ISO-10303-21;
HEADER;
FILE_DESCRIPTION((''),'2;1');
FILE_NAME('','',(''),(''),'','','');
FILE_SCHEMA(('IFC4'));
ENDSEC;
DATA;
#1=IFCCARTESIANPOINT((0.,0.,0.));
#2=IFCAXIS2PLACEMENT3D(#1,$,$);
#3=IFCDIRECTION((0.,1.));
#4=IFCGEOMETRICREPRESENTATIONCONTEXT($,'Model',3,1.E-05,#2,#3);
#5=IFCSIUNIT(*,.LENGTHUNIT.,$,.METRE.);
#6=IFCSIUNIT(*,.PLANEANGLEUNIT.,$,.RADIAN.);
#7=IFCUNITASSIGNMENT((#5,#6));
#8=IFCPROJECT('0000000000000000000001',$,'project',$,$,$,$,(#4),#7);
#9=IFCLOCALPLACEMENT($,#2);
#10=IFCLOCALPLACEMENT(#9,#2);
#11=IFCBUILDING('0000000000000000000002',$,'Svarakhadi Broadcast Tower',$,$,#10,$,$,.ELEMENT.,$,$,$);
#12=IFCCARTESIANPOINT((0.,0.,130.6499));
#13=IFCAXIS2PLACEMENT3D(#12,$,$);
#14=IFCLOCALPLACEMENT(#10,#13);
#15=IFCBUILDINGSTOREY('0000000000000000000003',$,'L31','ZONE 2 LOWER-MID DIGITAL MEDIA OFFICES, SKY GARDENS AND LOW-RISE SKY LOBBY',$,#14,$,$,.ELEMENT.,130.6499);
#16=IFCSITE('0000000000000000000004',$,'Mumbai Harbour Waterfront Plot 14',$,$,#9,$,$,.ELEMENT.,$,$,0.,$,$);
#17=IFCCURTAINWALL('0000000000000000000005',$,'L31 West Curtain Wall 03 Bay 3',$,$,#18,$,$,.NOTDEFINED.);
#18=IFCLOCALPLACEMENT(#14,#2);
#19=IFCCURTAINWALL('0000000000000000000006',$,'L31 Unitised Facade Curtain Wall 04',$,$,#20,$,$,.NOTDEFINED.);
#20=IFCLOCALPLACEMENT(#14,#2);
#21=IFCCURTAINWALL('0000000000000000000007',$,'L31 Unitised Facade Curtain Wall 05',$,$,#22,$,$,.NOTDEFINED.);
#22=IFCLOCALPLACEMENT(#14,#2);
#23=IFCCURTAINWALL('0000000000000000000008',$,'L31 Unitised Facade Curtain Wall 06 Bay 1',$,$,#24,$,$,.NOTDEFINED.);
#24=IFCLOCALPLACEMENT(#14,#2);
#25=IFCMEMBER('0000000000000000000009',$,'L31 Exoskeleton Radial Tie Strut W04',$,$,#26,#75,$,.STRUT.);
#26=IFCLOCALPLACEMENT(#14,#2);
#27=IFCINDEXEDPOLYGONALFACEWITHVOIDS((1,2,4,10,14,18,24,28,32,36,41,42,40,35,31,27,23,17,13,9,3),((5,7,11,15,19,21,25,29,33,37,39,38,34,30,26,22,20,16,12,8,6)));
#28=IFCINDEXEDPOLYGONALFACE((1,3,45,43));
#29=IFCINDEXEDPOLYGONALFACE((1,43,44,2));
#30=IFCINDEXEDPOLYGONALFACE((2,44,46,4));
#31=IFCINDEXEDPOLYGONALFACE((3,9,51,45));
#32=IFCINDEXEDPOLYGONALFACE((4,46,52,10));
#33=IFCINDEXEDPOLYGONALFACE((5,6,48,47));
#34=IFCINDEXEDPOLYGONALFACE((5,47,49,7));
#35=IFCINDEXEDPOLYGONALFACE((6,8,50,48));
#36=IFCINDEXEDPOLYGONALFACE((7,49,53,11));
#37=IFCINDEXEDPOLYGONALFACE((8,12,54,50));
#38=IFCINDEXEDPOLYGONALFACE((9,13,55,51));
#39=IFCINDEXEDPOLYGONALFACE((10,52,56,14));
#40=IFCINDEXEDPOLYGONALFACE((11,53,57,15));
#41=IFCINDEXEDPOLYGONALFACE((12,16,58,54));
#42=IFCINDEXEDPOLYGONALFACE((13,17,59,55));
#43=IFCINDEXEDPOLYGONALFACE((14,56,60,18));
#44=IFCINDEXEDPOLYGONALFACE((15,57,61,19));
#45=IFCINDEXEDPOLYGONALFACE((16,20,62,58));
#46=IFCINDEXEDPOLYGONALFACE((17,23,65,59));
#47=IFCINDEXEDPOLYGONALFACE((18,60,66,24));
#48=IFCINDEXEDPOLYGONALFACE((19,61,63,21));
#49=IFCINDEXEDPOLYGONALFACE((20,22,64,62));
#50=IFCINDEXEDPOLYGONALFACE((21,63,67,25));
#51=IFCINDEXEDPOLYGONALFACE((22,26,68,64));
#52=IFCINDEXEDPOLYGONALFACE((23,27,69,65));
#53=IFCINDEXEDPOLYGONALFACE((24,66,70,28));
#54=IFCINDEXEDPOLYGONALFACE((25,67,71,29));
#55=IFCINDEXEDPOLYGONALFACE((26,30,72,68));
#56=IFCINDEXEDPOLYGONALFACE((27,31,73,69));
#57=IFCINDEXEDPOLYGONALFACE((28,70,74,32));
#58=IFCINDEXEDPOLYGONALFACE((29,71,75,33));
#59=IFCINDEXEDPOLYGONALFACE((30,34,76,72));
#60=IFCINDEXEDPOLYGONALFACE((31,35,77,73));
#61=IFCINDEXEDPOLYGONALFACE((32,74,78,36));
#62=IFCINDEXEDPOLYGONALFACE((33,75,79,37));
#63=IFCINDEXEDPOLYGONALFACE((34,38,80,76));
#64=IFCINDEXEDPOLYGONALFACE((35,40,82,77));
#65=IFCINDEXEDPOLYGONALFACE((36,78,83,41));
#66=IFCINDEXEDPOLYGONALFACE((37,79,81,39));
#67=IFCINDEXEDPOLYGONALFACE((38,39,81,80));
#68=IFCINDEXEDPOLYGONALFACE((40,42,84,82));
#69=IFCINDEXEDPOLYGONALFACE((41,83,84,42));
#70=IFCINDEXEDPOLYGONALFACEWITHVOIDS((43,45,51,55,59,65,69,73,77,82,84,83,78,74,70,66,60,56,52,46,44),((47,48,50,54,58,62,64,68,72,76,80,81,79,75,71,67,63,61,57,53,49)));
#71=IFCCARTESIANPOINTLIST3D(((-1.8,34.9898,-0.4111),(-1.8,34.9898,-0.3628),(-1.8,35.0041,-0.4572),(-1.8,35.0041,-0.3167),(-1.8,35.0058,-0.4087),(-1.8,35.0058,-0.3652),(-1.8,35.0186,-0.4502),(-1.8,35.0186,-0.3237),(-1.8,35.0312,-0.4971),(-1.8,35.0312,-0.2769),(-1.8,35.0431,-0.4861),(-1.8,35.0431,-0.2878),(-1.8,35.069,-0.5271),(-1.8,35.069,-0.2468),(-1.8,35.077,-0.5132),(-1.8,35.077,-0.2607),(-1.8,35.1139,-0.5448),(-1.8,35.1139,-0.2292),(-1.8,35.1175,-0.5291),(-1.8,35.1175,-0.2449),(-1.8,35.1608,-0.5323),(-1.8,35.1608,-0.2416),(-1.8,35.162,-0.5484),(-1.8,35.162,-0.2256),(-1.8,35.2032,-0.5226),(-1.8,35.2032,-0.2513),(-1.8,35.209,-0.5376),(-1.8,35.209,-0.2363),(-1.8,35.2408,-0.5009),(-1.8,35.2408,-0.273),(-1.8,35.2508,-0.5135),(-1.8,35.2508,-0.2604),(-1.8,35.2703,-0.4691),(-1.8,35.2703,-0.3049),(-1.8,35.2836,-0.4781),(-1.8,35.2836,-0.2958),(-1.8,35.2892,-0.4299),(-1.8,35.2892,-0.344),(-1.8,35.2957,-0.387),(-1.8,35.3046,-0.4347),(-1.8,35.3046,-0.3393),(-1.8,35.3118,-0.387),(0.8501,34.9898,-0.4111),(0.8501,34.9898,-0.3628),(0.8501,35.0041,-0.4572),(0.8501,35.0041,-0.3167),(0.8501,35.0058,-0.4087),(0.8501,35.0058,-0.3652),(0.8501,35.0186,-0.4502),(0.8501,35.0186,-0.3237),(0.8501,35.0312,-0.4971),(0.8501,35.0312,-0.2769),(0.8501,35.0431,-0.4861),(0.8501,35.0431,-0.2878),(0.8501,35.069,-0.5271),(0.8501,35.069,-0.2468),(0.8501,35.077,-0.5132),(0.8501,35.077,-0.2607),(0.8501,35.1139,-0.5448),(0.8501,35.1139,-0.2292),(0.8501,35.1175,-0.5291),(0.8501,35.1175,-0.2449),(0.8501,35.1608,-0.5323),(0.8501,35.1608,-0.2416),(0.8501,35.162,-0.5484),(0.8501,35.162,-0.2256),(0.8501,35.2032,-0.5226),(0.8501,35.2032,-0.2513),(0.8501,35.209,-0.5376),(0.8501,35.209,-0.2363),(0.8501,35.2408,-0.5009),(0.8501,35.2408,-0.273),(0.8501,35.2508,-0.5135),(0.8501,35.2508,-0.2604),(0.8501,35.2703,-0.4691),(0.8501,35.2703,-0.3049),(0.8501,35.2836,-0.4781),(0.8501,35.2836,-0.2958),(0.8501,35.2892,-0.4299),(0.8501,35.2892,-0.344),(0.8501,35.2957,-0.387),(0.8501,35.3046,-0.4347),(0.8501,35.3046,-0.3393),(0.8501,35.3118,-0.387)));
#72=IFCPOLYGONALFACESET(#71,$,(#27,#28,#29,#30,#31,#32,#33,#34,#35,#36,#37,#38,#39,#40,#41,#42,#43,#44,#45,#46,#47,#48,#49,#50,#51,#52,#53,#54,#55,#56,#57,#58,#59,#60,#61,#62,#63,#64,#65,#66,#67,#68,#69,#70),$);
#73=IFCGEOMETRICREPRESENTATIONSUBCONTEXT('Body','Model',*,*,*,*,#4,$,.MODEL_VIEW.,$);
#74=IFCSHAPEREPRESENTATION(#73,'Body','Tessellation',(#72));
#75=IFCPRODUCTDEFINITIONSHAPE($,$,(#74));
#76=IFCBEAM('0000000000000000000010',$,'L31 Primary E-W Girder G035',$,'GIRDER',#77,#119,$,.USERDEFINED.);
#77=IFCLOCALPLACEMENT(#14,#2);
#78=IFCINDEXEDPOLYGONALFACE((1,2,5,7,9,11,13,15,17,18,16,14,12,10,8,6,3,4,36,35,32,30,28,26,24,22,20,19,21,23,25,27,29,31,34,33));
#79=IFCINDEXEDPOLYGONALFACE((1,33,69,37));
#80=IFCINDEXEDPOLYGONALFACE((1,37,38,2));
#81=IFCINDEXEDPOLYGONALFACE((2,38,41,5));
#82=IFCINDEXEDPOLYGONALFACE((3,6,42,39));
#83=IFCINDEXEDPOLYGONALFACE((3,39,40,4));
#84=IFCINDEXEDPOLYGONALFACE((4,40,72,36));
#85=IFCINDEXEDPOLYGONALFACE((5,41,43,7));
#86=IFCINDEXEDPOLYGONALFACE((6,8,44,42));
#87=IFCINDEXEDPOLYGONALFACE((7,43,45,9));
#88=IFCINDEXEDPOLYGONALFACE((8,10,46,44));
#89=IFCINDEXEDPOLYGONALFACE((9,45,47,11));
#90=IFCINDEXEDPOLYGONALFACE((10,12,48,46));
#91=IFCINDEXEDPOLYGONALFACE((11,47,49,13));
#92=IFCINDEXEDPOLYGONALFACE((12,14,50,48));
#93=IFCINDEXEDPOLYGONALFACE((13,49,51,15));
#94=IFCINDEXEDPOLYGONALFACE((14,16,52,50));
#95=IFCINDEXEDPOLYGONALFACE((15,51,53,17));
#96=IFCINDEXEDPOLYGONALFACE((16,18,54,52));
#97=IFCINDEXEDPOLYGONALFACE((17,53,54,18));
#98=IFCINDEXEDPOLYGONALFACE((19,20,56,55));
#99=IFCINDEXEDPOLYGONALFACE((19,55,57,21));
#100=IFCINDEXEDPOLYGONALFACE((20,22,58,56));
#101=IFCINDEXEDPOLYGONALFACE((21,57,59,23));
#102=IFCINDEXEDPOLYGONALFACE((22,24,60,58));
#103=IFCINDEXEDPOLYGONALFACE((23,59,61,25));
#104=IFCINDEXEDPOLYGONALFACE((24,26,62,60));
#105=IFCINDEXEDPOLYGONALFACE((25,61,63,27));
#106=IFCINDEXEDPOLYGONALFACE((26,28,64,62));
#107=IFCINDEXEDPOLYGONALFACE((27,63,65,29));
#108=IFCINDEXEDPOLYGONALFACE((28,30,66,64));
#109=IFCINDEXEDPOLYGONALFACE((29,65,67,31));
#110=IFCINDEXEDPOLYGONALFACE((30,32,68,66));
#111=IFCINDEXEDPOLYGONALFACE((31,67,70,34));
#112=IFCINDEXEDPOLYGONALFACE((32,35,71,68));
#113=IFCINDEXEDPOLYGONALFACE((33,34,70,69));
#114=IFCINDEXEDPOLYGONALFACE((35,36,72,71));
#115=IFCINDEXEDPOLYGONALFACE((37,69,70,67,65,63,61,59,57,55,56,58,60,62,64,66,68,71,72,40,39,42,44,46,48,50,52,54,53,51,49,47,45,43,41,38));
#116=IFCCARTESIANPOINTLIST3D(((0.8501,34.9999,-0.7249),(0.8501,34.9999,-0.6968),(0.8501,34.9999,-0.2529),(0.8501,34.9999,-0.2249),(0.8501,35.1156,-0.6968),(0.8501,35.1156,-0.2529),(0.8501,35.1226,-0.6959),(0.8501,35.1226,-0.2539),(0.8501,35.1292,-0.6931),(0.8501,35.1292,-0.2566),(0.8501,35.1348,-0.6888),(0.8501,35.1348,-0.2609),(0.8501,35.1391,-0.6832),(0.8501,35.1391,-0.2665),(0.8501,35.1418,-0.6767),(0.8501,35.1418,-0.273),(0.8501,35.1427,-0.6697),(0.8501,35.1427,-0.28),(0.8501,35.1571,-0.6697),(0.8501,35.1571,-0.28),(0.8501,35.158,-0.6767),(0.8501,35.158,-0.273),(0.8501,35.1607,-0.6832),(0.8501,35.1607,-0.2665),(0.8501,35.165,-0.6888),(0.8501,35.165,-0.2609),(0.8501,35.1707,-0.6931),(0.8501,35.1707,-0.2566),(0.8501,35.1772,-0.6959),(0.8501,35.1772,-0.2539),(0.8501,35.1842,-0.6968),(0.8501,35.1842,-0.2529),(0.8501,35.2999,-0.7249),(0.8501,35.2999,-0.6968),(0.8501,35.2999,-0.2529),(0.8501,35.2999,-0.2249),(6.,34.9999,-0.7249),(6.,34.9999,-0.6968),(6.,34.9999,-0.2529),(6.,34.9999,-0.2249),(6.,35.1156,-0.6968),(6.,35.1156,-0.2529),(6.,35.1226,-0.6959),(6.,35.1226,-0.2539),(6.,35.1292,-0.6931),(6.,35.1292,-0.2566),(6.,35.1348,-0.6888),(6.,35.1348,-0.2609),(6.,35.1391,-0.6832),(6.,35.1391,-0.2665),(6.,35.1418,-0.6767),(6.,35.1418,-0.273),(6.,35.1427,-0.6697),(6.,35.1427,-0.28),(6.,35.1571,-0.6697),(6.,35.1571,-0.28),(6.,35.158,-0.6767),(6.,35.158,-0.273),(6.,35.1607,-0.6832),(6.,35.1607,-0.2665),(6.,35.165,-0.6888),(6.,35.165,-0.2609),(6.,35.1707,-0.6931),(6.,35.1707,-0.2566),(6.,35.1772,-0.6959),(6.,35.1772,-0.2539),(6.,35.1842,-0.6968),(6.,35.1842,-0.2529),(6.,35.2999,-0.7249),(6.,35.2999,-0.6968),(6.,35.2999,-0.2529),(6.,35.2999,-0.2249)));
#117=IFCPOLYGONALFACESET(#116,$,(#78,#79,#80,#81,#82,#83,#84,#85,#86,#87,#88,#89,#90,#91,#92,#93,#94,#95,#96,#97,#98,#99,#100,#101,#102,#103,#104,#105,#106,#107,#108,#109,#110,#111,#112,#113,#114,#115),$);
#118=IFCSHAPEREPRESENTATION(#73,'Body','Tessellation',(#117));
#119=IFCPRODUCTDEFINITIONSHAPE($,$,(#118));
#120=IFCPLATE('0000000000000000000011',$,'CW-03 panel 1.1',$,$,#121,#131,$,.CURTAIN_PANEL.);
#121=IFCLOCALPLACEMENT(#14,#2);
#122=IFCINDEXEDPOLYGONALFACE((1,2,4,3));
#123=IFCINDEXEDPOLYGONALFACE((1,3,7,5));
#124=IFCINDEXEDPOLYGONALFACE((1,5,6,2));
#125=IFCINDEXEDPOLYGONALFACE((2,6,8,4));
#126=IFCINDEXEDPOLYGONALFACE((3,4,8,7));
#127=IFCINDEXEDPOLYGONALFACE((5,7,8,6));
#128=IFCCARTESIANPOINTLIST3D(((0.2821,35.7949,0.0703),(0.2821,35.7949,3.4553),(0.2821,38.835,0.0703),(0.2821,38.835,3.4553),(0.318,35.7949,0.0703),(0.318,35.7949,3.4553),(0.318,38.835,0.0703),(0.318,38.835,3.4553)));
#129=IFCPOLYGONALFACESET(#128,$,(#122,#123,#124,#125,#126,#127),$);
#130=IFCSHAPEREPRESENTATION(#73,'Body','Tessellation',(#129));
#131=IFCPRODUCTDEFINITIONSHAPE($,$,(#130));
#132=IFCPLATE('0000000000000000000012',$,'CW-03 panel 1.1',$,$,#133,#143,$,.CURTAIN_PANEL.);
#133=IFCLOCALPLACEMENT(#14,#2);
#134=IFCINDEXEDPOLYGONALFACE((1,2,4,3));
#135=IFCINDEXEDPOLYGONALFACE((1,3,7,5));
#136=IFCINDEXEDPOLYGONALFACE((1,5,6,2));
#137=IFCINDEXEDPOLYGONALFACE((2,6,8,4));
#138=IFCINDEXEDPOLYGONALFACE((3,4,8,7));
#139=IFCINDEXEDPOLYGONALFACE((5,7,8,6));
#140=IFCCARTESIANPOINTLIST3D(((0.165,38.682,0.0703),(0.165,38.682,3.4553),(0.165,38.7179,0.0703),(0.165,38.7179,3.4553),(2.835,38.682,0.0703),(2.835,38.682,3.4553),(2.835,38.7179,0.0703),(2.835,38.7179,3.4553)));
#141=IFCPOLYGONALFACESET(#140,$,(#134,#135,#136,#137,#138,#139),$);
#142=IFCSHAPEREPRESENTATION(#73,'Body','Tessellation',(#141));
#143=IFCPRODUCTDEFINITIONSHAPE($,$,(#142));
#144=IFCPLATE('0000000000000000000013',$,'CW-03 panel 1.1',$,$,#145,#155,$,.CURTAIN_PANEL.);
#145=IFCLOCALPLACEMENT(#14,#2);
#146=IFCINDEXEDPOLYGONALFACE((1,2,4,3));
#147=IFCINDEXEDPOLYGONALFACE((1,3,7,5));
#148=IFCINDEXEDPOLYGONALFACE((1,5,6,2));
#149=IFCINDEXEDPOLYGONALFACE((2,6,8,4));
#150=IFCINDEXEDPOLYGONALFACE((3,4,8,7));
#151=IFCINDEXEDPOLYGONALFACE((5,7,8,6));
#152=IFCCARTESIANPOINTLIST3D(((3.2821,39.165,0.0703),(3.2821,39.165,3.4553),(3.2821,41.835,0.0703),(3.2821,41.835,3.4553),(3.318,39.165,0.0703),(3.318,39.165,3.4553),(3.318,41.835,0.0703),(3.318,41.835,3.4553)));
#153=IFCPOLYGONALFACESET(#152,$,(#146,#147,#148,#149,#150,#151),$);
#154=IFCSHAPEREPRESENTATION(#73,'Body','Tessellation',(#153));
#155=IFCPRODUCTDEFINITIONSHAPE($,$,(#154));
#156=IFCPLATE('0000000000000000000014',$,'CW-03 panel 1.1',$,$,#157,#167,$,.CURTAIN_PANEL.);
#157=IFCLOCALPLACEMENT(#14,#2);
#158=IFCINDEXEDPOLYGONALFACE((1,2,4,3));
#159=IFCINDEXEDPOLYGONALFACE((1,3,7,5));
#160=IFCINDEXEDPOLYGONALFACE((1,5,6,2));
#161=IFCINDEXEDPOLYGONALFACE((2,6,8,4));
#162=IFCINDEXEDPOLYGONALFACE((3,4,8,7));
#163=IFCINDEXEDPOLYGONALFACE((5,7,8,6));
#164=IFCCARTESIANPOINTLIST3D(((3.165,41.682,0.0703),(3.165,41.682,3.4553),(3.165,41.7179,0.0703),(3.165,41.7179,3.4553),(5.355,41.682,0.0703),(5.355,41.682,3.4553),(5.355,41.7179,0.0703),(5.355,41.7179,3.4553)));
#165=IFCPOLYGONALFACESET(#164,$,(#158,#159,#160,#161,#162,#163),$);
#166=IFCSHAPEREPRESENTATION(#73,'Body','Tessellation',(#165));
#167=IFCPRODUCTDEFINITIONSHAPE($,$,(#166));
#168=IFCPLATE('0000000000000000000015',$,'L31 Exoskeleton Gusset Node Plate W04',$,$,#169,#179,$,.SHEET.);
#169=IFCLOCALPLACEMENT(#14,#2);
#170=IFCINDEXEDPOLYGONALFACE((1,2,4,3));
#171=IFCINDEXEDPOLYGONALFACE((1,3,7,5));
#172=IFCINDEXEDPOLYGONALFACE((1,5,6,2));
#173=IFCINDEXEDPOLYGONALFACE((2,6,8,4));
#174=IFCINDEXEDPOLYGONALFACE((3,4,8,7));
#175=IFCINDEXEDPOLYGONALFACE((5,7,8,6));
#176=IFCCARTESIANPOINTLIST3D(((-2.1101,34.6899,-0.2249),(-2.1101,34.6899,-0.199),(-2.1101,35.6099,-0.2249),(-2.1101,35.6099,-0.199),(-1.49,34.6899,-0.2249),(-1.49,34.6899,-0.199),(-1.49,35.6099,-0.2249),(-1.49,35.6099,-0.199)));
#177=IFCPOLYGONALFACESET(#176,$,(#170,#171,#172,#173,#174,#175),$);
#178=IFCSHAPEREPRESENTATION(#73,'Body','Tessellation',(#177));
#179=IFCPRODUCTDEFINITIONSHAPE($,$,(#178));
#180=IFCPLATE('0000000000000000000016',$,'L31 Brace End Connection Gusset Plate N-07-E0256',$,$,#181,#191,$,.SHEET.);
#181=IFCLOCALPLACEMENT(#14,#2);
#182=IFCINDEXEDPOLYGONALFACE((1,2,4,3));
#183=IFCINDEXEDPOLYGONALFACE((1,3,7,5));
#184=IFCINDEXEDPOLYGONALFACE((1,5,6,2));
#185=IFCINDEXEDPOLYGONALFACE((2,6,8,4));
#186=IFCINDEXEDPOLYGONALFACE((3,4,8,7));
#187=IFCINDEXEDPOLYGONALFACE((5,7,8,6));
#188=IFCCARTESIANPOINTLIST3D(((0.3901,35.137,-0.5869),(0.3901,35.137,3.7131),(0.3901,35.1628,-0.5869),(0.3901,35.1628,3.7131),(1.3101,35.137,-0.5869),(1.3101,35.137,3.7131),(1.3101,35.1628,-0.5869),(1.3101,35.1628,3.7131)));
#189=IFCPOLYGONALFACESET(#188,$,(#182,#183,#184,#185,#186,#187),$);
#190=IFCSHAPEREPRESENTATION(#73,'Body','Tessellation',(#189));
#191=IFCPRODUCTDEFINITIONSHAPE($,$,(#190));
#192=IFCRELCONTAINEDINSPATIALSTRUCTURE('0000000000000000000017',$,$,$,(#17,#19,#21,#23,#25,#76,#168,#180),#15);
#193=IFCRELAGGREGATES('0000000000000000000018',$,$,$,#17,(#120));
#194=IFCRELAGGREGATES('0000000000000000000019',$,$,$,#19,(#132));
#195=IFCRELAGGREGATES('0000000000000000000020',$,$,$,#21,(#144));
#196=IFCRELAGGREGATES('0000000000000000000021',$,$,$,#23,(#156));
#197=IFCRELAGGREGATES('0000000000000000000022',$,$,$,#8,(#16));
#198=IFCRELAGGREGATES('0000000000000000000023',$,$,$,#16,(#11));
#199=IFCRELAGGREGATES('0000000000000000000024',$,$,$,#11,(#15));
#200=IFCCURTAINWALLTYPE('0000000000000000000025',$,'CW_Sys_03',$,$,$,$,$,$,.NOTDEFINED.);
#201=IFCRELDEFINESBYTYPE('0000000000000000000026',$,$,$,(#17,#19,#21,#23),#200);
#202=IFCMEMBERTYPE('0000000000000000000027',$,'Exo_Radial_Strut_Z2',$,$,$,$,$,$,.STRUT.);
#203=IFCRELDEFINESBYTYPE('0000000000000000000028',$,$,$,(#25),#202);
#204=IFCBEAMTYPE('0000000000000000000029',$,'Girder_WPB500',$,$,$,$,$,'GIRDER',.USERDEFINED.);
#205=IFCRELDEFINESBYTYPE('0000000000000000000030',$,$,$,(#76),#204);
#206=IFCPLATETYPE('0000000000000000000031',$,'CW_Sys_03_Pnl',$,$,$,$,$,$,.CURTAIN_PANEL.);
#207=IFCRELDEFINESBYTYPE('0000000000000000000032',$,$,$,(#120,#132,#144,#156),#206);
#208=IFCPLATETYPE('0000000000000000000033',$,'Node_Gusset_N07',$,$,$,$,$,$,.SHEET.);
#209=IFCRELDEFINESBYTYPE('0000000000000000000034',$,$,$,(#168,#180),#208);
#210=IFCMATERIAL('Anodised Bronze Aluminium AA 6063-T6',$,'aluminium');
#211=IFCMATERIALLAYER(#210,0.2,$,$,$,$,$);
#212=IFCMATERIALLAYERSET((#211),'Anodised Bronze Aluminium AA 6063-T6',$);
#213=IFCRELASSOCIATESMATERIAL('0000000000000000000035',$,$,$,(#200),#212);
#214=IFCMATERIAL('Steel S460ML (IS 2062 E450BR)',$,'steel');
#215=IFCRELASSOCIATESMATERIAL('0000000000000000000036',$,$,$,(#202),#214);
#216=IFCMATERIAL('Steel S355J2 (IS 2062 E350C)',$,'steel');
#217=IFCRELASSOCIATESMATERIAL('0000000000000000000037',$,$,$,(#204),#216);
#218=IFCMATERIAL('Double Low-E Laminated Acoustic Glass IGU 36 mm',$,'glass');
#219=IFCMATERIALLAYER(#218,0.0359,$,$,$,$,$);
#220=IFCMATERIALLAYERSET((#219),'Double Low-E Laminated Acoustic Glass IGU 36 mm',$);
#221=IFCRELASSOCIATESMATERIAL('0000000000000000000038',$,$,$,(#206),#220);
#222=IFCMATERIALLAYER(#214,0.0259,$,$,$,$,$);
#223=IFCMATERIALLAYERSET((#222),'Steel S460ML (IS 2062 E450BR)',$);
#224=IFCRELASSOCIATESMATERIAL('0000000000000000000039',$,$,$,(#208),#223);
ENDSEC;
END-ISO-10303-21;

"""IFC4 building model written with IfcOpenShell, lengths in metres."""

from ifc_helpers import new_model, si_unit, direction, frame, origin, origin_2d, place, context, subcontext, project, spatial, rectangle, hollow_circle, i_section, extrude, material, layer, layer_set, material_profile, profile_set, type_object, element, aggregate, save


model = new_model("IFC4")

# Units and contexts
model_context = context("Model", 3, precision=1e-05, world=origin(), true_north=direction((0.0, 1.0)))
body_context = subcontext(model_context, "Body", "Model", "MODEL_VIEW")
ifc_project = project(units=[si_unit("LENGTHUNIT", "METRE"), si_unit("PLANEANGLEUNIT", "RADIAN")], contexts=[model_context])

# Site, building, storey
site_placement = place(None, origin())
site = spatial("IfcSite", under=ifc_project, at=site_placement, Name="Mumbai Harbour Waterfront Plot 14", CompositionType="ELEMENT", RefElevation=0.0)
building_placement = place(site_placement, origin())
building = spatial("IfcBuilding", under=site, at=building_placement, Name="Svarakhadi Broadcast Tower", CompositionType="ELEMENT")
storey_placement = place(building_placement, frame((0.0, 0.0, 130.6499)))
storey = spatial("IfcBuildingStorey", under=building, at=storey_placement, Name="L31", Description="ZONE 2 LOWER-MID DIGITAL MEDIA OFFICES, SKY GARDENS AND LOW-RISE SKY LOBBY", CompositionType="ELEMENT", Elevation=130.6499)

# Shared definitions
ifc_material_1 = material(Name="Anodised Bronze Aluminium AA 6063-T6", Category="aluminium")
ifc_layer_1 = layer(ifc_material_1, 0.2)
ifc_layer_set_1 = layer_set([ifc_layer_1], Name="Anodised Bronze Aluminium AA 6063-T6")
curtain_wall_type = type_object("IfcCurtainWallType", Name="CW_Sys_03", PredefinedType="NOTDEFINED", material=ifc_layer_set_1)

# Curtain walls
curtain_wall_1_placement = place(storey_placement, origin())
curtain_wall_1 = element("IfcCurtainWall", 1, at=curtain_wall_1_placement, inside=storey, type_object=curtain_wall_type, Name="L31 West Curtain Wall 03 Bay 3", PredefinedType="NOTDEFINED")
curtain_wall_2_placement = place(storey_placement, origin())
curtain_wall_2 = element("IfcCurtainWall", 2, at=curtain_wall_2_placement, inside=storey, type_object=curtain_wall_type, Name="L31 Unitised Facade Curtain Wall 04", PredefinedType="NOTDEFINED")
curtain_wall_3_placement = place(storey_placement, origin())
curtain_wall_3 = element("IfcCurtainWall", 3, at=curtain_wall_3_placement, inside=storey, type_object=curtain_wall_type, Name="L31 Unitised Facade Curtain Wall 05", PredefinedType="NOTDEFINED")

# Curtain wall
curtain_wall_4_placement = place(storey_placement, origin())
curtain_wall_4 = element("IfcCurtainWall", 4, at=curtain_wall_4_placement, inside=storey, type_object=curtain_wall_type, Name="L31 Unitised Facade Curtain Wall 06 Bay 1", PredefinedType="NOTDEFINED")

# Member
ifc_material_2 = material(Name="Steel S460ML (IS 2062 E450BR)", Category="steel")
ifc_material_profile_1 = material_profile(ifc_material_2, hollow_circle(Radius=0.1619, WallThickness=0.0161, at=origin_2d()), Name="CHS 323.9x16")
ifc_profile_set_1 = profile_set([ifc_material_profile_1], Name="Steel S460ML (IS 2062 E450BR)")
member_type_1 = type_object("IfcMemberType", Name="Exo_Radial_Strut_Z2", PredefinedType="STRUT", material=ifc_profile_set_1)
member_1_placement = place(storey_placement, frame((-1.8, 35.1499, -0.387), z_axis=(1.0, 0.0, 0.0), x_axis=(0.0, 1.0, 0.0)))
element("IfcMember", 5, at=member_1_placement, inside=storey, type_object=member_type_1, Name="L31 Exoskeleton Radial Tie Strut W04", PredefinedType="STRUT", context=body_context, shape_type="SweptSolid", body=[
    extrude(hollow_circle(Radius=0.1619, WallThickness=0.0161, at=origin_2d()), origin(), (0.0, 0.0, 1.0), 2.6501),
])

# Beam
ifc_material_3 = material(Name="Steel S355J2 (IS 2062 E350C)", Category="steel")
ifc_material_profile_2 = material_profile(ifc_material_3, i_section(OverallWidth=0.3, OverallDepth=0.5, WebThickness=0.0144, FlangeThickness=0.0281, FilletRadius=0.0271, at=origin_2d()), Name="WPB 500x300x187")
ifc_profile_set_2 = profile_set([ifc_material_profile_2], Name="Steel S355J2 (IS 2062 E350C)")
beam_type = type_object("IfcBeamType", Name="Girder_WPB500", ElementType="GIRDER", PredefinedType="USERDEFINED", material=ifc_profile_set_2)
beam_placement = place(storey_placement, frame((0.8501, 35.1499, -0.4749), z_axis=(1.0, 0.0, 0.0), x_axis=(0.0, 1.0, 0.0)))
element("IfcBeam", 6, at=beam_placement, inside=storey, type_object=beam_type, Name="L31 Primary E-W Girder G035", ObjectType="GIRDER", PredefinedType="USERDEFINED", context=body_context, shape_type="SweptSolid", body=[
    extrude(i_section(OverallWidth=0.3, OverallDepth=0.5, WebThickness=0.0144, FlangeThickness=0.0281, FilletRadius=0.0271, at=origin_2d()), origin(), (0.0, 0.0, 1.0), 5.1499),
])

# Plates
ifc_material_4 = material(Name="Double Low-E Laminated Acoustic Glass IGU 36 mm", Category="glass")
ifc_layer_2 = layer(ifc_material_4, 0.0359)
ifc_layer_set_2 = layer_set([ifc_layer_2], Name="Double Low-E Laminated Acoustic Glass IGU 36 mm")
plate_type_1 = type_object("IfcPlateType", Name="CW_Sys_03_Pnl", PredefinedType="CURTAIN_PANEL", material=ifc_layer_set_2)
plate_1_placement = place(storey_placement, frame((0.3, 37.3149, 0.0703), z_axis=(0.0, 0.0, 1.0), x_axis=(0.0, 1.0, 0.0)))
plate_1 = element("IfcPlate", 7, at=plate_1_placement, type_object=plate_type_1, Name="CW-03 panel 1.1", PredefinedType="CURTAIN_PANEL", context=body_context, shape_type="SweptSolid", body=[
    extrude(rectangle(XDim=3.04, YDim=0.0359, at=origin_2d()), origin(), (0.0, 0.0, 1.0), 3.385),
])
aggregate(curtain_wall_1, [plate_1])
plate_2_placement = place(storey_placement, frame((1.5, 38.7, 0.0703), z_axis=(0.0, 0.0, 1.0), x_axis=(1.0, 0.0, 0.0)))
plate_2 = element("IfcPlate", 8, at=plate_2_placement, type_object=plate_type_1, Name="CW-03 panel 1.1", PredefinedType="CURTAIN_PANEL", context=body_context, shape_type="SweptSolid", body=[
    extrude(rectangle(XDim=2.6699, YDim=0.0359, at=origin_2d()), origin(), (0.0, 0.0, 1.0), 3.385),
])
aggregate(curtain_wall_2, [plate_2])
plate_3_placement = place(storey_placement, frame((3.3, 40.5, 0.0703), z_axis=(0.0, 0.0, 1.0), x_axis=(0.0, 1.0, 0.0)))
plate_3 = element("IfcPlate", 9, at=plate_3_placement, type_object=plate_type_1, Name="CW-03 panel 1.1", PredefinedType="CURTAIN_PANEL", context=body_context, shape_type="SweptSolid", body=[
    extrude(rectangle(XDim=2.6699, YDim=0.0359, at=origin_2d()), origin(), (0.0, 0.0, 1.0), 3.385),
])
aggregate(curtain_wall_3, [plate_3])
plate_4_placement = place(storey_placement, frame((4.26, 41.7, 0.0703), z_axis=(0.0, 0.0, 1.0), x_axis=(1.0, 0.0, 0.0)))
plate_4 = element("IfcPlate", 10, at=plate_4_placement, type_object=plate_type_1, Name="CW-03 panel 1.1", PredefinedType="CURTAIN_PANEL", context=body_context, shape_type="SweptSolid", body=[
    extrude(rectangle(XDim=2.1899, YDim=0.0359, at=origin_2d()), origin(), (0.0, 0.0, 1.0), 3.385),
])
aggregate(curtain_wall_4, [plate_4])

# Plates
ifc_layer_3 = layer(ifc_material_2, 0.0259)
ifc_layer_set_3 = layer_set([ifc_layer_3], Name="Steel S460ML (IS 2062 E450BR)")
plate_type_2 = type_object("IfcPlateType", Name="Node_Gusset_N07", PredefinedType="SHEET", material=ifc_layer_set_3)
plate_5_placement = place(storey_placement, frame((-1.8, 35.1499, -0.2249), z_axis=(0.0, 0.0, 1.0), x_axis=(0.0, 1.0, 0.0)))
element("IfcPlate", 11, at=plate_5_placement, inside=storey, type_object=plate_type_2, Name="L31 Exoskeleton Gusset Node Plate W04", PredefinedType="SHEET", context=body_context, shape_type="SweptSolid", body=[
    extrude(rectangle(XDim=0.9199, YDim=0.6201, at=origin_2d()), origin(), (0.0, 0.0, 1.0), 0.0259),
])
plate_6_placement = place(storey_placement, frame((0.8501, 35.1499, -0.5869), z_axis=(0.0, 0.0, 1.0), x_axis=(1.0, 0.0, 0.0)))
element("IfcPlate", 12, at=plate_6_placement, inside=storey, type_object=plate_type_2, Name="L31 Brace End Connection Gusset Plate N-07-E0256", PredefinedType="SHEET", context=body_context, shape_type="SweptSolid", body=[
    extrude(rectangle(XDim=0.9199, YDim=0.0259, at=origin_2d()), origin(), (0.0, 0.0, 1.0), 4.3),
])

save(model, "model.ifc")
